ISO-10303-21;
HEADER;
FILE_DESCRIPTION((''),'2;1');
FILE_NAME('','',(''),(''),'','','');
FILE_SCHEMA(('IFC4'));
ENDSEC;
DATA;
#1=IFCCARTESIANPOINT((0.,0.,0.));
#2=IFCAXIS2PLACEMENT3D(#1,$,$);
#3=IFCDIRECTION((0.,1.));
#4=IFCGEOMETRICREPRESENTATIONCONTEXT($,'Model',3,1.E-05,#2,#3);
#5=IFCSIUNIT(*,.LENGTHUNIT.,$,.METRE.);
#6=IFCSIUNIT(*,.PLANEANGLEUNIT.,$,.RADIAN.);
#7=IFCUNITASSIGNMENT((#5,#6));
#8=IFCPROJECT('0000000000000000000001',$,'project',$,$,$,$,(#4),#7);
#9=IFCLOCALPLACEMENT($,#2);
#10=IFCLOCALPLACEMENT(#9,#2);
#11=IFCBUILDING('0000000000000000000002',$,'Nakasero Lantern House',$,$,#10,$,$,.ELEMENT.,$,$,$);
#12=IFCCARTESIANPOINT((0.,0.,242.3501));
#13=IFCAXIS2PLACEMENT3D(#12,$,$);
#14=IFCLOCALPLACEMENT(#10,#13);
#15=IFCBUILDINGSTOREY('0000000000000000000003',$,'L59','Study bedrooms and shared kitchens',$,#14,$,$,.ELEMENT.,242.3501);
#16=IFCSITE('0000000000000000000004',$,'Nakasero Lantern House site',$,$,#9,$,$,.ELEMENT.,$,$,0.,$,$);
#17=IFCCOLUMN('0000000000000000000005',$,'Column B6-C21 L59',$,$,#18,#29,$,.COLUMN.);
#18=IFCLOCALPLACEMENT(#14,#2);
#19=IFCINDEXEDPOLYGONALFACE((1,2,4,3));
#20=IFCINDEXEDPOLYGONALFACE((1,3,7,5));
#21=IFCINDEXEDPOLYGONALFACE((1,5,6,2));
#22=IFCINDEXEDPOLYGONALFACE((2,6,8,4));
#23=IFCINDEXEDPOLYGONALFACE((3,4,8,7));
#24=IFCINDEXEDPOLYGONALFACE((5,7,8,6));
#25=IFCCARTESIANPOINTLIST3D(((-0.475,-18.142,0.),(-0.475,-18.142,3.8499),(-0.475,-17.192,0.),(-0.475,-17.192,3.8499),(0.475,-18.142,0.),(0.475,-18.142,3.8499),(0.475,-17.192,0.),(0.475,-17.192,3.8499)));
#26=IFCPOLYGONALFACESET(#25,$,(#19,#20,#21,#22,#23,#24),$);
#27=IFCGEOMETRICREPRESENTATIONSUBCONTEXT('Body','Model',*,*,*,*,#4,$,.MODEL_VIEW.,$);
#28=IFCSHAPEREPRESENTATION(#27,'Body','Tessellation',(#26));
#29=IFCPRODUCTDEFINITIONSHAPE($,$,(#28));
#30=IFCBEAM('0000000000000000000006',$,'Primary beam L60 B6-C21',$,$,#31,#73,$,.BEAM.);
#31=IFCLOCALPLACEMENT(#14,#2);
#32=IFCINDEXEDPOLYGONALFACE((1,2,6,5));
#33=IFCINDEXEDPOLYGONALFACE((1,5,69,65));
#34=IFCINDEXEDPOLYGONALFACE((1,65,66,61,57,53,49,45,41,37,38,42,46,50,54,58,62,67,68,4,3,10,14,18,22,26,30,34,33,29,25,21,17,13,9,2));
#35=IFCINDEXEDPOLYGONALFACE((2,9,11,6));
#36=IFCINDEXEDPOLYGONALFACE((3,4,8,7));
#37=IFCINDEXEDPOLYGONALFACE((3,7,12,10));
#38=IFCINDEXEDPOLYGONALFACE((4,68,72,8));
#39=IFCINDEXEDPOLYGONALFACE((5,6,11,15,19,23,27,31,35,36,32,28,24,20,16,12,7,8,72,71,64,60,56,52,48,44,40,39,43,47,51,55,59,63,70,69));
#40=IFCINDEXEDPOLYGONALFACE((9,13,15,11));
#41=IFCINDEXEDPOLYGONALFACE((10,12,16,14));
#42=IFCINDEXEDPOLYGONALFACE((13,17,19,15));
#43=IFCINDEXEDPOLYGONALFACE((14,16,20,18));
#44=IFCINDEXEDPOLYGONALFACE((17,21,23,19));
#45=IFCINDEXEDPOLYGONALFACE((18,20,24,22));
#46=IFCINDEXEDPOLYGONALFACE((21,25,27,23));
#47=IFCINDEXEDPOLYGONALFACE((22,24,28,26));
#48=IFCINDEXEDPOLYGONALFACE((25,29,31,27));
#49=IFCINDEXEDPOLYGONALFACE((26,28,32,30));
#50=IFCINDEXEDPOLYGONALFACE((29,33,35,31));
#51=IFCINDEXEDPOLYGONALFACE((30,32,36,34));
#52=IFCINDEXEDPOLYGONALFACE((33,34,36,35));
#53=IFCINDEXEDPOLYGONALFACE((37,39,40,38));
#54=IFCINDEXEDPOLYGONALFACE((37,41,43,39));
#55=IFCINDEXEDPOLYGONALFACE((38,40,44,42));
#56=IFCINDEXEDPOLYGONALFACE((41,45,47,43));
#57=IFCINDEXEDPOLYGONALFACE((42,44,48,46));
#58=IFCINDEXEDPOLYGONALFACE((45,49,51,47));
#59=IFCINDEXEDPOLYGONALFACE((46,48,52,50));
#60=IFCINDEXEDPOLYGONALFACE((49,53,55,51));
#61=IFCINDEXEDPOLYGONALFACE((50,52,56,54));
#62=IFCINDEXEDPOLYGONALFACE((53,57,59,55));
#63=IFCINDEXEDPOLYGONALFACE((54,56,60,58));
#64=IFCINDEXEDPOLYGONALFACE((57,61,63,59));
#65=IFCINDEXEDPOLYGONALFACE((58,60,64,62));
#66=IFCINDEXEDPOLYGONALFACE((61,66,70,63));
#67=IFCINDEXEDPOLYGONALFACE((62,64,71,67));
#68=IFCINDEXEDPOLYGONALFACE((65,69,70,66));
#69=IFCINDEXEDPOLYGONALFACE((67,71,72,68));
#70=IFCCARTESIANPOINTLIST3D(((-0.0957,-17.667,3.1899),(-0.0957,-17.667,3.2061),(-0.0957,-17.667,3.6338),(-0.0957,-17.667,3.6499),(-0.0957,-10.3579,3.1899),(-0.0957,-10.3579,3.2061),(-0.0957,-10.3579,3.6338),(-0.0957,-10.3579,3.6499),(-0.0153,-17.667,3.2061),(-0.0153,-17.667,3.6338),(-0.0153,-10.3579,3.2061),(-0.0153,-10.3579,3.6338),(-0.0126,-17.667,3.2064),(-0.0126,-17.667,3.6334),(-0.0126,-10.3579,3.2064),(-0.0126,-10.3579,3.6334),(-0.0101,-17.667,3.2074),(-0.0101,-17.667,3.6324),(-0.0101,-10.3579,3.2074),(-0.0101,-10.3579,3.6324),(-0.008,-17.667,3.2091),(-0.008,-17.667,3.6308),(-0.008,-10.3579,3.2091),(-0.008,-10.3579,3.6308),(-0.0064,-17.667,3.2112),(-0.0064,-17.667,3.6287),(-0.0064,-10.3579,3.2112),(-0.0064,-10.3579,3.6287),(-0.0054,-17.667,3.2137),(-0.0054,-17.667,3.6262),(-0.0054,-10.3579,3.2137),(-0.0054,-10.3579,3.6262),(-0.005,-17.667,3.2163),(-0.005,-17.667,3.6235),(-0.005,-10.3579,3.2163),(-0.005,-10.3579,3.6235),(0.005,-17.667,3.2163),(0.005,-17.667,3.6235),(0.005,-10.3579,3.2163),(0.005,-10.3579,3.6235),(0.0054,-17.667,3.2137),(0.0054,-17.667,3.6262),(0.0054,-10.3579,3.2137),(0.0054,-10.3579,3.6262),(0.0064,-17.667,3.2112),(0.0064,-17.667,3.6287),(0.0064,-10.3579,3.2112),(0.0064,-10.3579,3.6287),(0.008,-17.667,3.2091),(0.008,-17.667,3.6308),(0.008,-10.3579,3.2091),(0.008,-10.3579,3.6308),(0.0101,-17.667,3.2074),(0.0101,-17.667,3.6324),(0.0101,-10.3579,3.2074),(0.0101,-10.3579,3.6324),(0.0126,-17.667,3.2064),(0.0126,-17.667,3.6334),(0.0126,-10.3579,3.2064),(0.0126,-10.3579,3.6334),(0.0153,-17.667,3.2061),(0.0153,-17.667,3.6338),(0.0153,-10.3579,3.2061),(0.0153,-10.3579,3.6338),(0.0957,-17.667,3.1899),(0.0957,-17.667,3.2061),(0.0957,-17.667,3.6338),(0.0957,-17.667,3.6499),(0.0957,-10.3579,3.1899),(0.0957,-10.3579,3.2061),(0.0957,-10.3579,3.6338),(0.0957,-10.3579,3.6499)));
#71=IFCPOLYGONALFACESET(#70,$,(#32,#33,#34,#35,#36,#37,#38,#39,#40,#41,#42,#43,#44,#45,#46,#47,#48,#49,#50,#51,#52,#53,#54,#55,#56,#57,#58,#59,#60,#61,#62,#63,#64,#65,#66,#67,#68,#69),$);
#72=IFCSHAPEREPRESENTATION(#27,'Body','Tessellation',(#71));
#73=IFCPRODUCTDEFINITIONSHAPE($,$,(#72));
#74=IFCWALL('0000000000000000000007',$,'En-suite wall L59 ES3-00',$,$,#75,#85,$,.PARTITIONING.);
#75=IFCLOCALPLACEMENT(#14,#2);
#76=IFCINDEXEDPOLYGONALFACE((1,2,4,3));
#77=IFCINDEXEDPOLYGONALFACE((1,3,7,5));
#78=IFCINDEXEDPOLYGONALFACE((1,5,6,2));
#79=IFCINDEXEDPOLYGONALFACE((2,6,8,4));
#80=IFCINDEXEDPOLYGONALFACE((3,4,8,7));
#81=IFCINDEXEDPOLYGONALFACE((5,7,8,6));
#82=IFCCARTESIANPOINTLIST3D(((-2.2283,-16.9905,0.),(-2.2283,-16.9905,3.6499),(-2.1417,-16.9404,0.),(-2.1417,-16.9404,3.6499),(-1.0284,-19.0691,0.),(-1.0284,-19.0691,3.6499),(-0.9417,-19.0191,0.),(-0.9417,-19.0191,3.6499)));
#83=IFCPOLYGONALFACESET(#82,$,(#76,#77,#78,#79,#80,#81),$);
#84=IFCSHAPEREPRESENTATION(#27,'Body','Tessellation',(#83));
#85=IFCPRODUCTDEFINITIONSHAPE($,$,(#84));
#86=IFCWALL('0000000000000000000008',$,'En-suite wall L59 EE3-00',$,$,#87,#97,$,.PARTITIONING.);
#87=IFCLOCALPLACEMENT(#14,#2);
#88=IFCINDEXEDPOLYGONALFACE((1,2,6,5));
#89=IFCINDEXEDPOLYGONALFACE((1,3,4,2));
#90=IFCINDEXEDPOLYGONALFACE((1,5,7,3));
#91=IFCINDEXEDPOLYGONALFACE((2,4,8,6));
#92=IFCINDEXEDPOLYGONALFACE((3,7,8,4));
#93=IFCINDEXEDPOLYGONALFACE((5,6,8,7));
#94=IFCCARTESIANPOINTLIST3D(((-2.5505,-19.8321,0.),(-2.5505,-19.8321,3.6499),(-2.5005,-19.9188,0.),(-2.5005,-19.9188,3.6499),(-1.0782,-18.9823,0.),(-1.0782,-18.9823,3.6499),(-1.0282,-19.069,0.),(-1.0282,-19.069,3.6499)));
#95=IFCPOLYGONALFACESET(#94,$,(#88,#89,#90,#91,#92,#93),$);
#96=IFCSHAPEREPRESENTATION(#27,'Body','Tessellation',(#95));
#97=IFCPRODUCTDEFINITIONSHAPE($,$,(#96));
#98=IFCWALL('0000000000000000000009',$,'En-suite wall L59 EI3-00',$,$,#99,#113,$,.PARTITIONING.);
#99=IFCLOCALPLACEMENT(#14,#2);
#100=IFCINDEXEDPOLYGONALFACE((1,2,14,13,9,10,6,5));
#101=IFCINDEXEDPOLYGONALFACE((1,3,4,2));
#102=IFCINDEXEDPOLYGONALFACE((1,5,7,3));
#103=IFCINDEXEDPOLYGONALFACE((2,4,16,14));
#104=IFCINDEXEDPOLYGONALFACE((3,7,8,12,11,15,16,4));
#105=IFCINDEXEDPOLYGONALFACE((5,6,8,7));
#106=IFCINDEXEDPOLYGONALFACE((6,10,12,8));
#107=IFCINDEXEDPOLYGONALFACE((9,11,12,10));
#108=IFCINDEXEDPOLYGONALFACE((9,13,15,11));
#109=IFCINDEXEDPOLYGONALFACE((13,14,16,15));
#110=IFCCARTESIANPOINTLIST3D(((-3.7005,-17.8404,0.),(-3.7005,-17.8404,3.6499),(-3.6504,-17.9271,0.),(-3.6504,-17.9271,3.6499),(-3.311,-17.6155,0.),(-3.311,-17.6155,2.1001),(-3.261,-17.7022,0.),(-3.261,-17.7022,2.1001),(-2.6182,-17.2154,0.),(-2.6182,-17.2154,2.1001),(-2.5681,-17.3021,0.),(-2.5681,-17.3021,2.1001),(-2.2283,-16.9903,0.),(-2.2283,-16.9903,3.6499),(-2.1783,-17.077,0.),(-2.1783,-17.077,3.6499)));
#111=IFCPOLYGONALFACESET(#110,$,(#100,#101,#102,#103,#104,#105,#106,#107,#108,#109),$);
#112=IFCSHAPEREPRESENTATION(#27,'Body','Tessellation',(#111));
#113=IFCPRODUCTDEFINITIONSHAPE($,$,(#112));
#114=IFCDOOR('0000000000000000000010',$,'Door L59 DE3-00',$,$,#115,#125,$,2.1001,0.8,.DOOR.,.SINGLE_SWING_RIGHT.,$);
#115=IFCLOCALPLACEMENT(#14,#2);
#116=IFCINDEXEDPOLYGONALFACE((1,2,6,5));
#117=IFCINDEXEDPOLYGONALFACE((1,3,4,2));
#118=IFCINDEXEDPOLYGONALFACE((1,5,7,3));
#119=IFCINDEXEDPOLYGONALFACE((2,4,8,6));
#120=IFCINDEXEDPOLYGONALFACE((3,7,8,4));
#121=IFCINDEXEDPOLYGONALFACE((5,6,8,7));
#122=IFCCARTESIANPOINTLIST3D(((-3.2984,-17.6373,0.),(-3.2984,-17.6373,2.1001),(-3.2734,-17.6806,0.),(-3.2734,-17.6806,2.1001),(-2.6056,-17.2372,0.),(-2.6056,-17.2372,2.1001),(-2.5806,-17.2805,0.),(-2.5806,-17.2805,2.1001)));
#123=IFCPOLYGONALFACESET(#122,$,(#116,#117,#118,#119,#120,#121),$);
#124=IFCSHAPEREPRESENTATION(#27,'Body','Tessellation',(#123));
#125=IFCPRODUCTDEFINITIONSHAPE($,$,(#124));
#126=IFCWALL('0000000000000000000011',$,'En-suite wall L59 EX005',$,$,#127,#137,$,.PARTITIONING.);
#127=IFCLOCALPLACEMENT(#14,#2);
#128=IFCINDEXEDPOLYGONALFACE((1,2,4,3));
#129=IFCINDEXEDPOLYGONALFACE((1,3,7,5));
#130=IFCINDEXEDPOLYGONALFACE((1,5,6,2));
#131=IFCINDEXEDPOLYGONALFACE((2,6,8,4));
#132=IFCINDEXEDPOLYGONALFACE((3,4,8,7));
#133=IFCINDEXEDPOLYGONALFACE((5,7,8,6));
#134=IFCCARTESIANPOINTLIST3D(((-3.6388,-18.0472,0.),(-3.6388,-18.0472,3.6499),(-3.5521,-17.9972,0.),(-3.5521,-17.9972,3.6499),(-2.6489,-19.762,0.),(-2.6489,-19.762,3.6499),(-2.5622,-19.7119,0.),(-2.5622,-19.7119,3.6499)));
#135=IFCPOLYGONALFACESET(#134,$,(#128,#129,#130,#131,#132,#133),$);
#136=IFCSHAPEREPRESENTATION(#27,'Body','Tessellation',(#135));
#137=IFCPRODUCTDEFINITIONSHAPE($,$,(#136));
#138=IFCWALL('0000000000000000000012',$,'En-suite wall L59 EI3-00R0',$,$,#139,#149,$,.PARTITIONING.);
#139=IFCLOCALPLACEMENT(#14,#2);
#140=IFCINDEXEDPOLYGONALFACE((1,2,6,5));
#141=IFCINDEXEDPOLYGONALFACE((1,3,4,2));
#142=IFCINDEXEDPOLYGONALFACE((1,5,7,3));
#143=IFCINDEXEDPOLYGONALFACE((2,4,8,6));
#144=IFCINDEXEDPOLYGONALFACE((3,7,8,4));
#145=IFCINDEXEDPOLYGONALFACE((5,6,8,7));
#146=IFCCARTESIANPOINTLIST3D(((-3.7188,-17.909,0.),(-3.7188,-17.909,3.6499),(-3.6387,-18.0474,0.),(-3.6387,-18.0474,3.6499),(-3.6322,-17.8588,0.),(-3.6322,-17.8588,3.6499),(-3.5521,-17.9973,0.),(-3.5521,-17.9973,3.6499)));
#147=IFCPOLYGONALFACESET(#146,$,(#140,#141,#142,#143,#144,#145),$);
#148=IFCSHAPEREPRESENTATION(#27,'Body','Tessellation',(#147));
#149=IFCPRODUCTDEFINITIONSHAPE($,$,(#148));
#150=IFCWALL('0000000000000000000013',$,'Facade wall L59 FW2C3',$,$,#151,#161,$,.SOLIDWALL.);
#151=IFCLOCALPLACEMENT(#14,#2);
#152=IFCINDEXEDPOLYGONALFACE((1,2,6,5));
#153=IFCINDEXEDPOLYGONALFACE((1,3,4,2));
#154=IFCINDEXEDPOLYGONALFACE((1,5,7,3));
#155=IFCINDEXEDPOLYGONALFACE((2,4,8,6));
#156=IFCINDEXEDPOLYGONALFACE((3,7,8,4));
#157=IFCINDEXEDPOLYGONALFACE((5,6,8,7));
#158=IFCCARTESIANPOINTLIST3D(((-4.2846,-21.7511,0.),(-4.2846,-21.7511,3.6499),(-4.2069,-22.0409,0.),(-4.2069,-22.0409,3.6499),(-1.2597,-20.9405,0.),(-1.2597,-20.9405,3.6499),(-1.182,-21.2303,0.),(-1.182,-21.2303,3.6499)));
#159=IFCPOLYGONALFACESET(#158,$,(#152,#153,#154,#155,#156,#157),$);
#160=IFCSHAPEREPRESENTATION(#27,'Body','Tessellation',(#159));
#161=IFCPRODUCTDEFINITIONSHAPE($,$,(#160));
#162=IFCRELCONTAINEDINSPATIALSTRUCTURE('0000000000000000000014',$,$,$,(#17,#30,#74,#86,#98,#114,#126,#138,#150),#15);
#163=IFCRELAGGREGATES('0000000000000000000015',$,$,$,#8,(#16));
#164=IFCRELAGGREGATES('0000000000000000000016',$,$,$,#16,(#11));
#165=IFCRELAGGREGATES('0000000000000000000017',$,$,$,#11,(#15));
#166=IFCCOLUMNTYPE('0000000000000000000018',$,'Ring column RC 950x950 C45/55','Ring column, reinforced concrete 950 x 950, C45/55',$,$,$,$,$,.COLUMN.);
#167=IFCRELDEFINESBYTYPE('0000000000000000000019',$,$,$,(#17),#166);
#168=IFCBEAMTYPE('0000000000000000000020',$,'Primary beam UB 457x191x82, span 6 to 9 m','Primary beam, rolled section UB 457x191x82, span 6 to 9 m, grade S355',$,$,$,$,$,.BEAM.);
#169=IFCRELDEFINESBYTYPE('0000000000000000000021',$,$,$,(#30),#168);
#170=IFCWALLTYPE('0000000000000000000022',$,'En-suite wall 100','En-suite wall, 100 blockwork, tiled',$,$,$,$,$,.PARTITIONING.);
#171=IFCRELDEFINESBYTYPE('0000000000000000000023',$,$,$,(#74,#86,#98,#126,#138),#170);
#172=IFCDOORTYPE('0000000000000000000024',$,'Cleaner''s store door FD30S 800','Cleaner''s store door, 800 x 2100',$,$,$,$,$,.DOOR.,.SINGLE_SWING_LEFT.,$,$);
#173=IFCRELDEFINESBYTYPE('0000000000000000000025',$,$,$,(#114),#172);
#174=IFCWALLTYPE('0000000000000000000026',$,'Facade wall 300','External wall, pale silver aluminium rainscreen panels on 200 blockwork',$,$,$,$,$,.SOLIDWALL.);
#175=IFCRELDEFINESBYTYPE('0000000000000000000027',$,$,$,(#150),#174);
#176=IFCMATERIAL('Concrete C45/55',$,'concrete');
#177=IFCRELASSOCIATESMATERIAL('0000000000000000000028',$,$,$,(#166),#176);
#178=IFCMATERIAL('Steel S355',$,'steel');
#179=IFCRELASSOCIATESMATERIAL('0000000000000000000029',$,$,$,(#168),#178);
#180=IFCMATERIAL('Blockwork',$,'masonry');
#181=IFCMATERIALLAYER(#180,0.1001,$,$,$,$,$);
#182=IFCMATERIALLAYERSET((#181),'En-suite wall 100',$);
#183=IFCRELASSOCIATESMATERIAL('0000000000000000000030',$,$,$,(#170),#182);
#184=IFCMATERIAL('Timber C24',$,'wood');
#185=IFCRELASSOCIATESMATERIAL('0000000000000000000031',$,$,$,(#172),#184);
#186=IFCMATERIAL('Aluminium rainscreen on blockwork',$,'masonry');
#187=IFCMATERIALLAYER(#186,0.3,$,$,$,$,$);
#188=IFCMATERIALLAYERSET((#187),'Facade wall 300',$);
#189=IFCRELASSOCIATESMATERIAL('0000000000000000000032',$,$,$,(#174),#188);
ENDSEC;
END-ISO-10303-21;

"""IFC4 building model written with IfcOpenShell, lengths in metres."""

from ifc_helpers import new_model, si_unit, direction, frame, frame_2d, origin, origin_2d, place, context, subcontext, project, spatial, rectangle, i_section, extrude, material, layer, layer_set, material_profile, profile_set, type_object, element, fill, save


model = new_model("IFC4")

# Units and contexts
model_context = context("Model", 3, precision=1e-05, world=origin(), true_north=direction((0.0, 1.0)))
body_context = subcontext(model_context, "Body", "Model", "MODEL_VIEW")
ifc_project = project(units=[si_unit("LENGTHUNIT", "METRE"), si_unit("PLANEANGLEUNIT", "RADIAN")], contexts=[model_context])

# Site, building, storey
site_placement = place(None, origin())
site = spatial("IfcSite", under=ifc_project, at=site_placement, Name="Nakasero Lantern House site", CompositionType="ELEMENT", RefElevation=0.0)
building_placement = place(site_placement, origin())
building = spatial("IfcBuilding", under=site, at=building_placement, Name="Nakasero Lantern House", CompositionType="ELEMENT")
storey_placement = place(building_placement, frame((0.0, 0.0, 242.3501)))
storey = spatial("IfcBuildingStorey", under=building, at=storey_placement, Name="L59", Description="Study bedrooms and shared kitchens", CompositionType="ELEMENT", Elevation=242.3501)

# Column
ifc_material_1 = material(Name="Concrete C45/55", Category="concrete")
ifc_material_profile_1 = material_profile(ifc_material_1, rectangle(XDim=0.95, YDim=0.95, at=origin_2d()), Name="RC 950x950")
ifc_profile_set_1 = profile_set([ifc_material_profile_1], Name="Concrete C45/55")
column_type = type_object("IfcColumnType", Name="Ring column RC 950x950 C45/55", Description="Ring column, reinforced concrete 950 x 950, C45/55", PredefinedType="COLUMN", material=ifc_profile_set_1)
column_placement = place(storey_placement, frame((0.0, -17.667, 0.0), z_axis=(0.0, 0.0, 1.0), x_axis=(1.0, 0.0, 0.0)))
element("IfcColumn", 1, at=column_placement, inside=storey, type_object=column_type, Name="Column B6-C21 L59", PredefinedType="COLUMN", context=body_context, shape_type="SweptSolid", body=[
    extrude(rectangle(XDim=0.95, YDim=0.95, at=origin_2d()), origin(), (0.0, 0.0, 1.0), 3.8499),
])

# Beam
ifc_material_2 = material(Name="Steel S355", Category="steel")
ifc_material_profile_2 = material_profile(ifc_material_2, i_section(OverallWidth=0.1914, OverallDepth=0.46, WebThickness=0.01, FlangeThickness=0.0161, FilletRadius=0.0103, at=origin_2d()), Name="UB 457x191x82")
ifc_profile_set_2 = profile_set([ifc_material_profile_2], Name="Steel S355")
beam_type = type_object("IfcBeamType", Name="Primary beam UB 457x191x82, span 6 to 9 m", Description="Primary beam, rolled section UB 457x191x82, span 6 to 9 m, grade S355", PredefinedType="BEAM", material=ifc_profile_set_2)
beam_placement = place(storey_placement, frame((0.0, -17.667, 3.4199), z_axis=(0.0, 1.0, 0.0), x_axis=(-1.0, 0.0, 0.0)))
element("IfcBeam", 2, at=beam_placement, inside=storey, type_object=beam_type, Name="Primary beam L60 B6-C21", PredefinedType="BEAM", context=body_context, shape_type="SweptSolid", body=[
    extrude(i_section(OverallWidth=0.1914, OverallDepth=0.46, WebThickness=0.01, FlangeThickness=0.0161, FilletRadius=0.0103, at=origin_2d()), origin(), (0.0, 0.0, 1.0), 7.3091),
])

# Walls
ifc_material_3 = material(Name="Blockwork", Category="masonry")
ifc_layer_1 = layer(ifc_material_3, 0.1001)
ifc_layer_set_1 = layer_set([ifc_layer_1], Name="En-suite wall 100")
wall_type_1 = type_object("IfcWallType", Name="En-suite wall 100", Description="En-suite wall, 100 blockwork, tiled", PredefinedType="PARTITIONING", material=ifc_layer_set_1)
wall_1_placement = place(storey_placement, frame((-2.1851, -16.9653, 0.0), z_axis=(0.0, 0.0, 1.0), x_axis=(0.499957, -0.86605, 0.0)))
element("IfcWall", 3, at=wall_1_placement, inside=storey, type_object=wall_type_1, Name="En-suite wall L59 ES3-00", PredefinedType="PARTITIONING", context=body_context, shape_type="SweptSolid", body=[
    extrude(rectangle(XDim=2.4001, YDim=0.1001, at=frame_2d((1.2002, 0.0))), origin(), (0.0, 0.0, 1.0), 3.6499),
])
wall_2_placement = place(storey_placement, frame((-2.5256, -19.8755, 0.0), z_axis=(0.0, 0.0, 1.0), x_axis=(0.866088, 0.499892, 0.0)))
element("IfcWall", 4, at=wall_2_placement, inside=storey, type_object=wall_type_1, Name="En-suite wall L59 EE3-00", PredefinedType="PARTITIONING", context=body_context, shape_type="SweptSolid", body=[
    extrude(rectangle(XDim=1.7, YDim=0.1001, at=frame_2d((0.8501, 0.0))), origin(), (0.0, 0.0, 1.0), 3.6499),
])

# Wall, opening, door
wall_3_placement = place(storey_placement, frame((-3.6755, -17.8838, 0.0), z_axis=(0.0, 0.0, 1.0), x_axis=(0.865989, 0.500062, 0.0)))
wall_3 = element("IfcWall", 5, at=wall_3_placement, inside=storey, type_object=wall_type_1, Name="En-suite wall L59 EI3-00", PredefinedType="PARTITIONING", context=body_context, shape_type="SweptSolid", body=[
    extrude(rectangle(XDim=1.7, YDim=0.1001, at=frame_2d((0.8501, 0.0))), origin(), (0.0, 0.0, 1.0), 3.6499),
])
opening_1_placement = place(wall_3_placement, frame((0.45, 0.0, 0.0)))
opening_1 = element("IfcOpeningElement", 6, at=opening_1_placement, cuts=wall_3, PredefinedType="OPENING", context=body_context, shape_type="SweptSolid", body=[
    extrude(rectangle(XDim=0.8, YDim=2.1001, at=frame_2d((0.3999, 1.05))), frame((0.0, 0.0701, 0.0), z_axis=(0.0, -1.0, 0.0), x_axis=(1.0, 0.0, 0.0)), (0.0, 0.0, 1.0), 0.1401),
])
ifc_material_4 = material(Name="Timber C24", Category="wood")
door_type_1 = type_object("IfcDoorType", Name="Cleaner's store door FD30S 800", Description="Cleaner's store door, 800 x 2100", OperationType="SINGLE_SWING_LEFT", PredefinedType="DOOR", material=ifc_material_4)
door_1_placement = place(opening_1_placement, origin())
door_1 = element("IfcDoor", 7, at=door_1_placement, inside=storey, type_object=door_type_1, Name="Door L59 DE3-00", OperationType="SINGLE_SWING_RIGHT", OverallHeight=2.1001, OverallWidth=0.8, PredefinedType="DOOR", context=body_context, shape_type="SweptSolid", body=[
    extrude(rectangle(XDim=0.8, YDim=2.1001, at=frame_2d((0.3999, 1.05))), frame((0.0, 0.0249, 0.0), z_axis=(0.0, -1.0, 0.0), x_axis=(1.0, 0.0, 0.0)), (0.0, 0.0, 1.0), 0.05),
])
fill(opening_1, door_1)

# Walls
wall_4_placement = place(storey_placement, frame((-3.5955, -18.0222, 0.0), z_axis=(0.0, 0.0, 1.0), x_axis=(0.499971, -0.866042, 0.0)))
element("IfcWall", 8, at=wall_4_placement, inside=storey, type_object=wall_type_1, Name="En-suite wall L59 EX005", PredefinedType="PARTITIONING", context=body_context, shape_type="SweptSolid", body=[
    extrude(rectangle(XDim=1.98, YDim=0.1001, at=frame_2d((0.99, 0.0))), origin(), (0.0, 0.0, 1.0), 3.6499),
])
wall_5_placement = place(storey_placement, frame((-3.6755, -17.8838, 0.0), z_axis=(0.0, 0.0, 1.0), x_axis=(0.500735, -0.8656, 0.0)))
element("IfcWall", 9, at=wall_5_placement, inside=storey, type_object=wall_type_1, Name="En-suite wall L59 EI3-00R0", PredefinedType="PARTITIONING", context=body_context, shape_type="SweptSolid", body=[
    extrude(rectangle(XDim=0.1599, YDim=0.1001, at=frame_2d((0.0801, 0.0))), origin(), (0.0, 0.0, 1.0), 3.6499),
])
ifc_material_5 = material(Name="Aluminium rainscreen on blockwork", Category="masonry")
ifc_layer_2 = layer(ifc_material_5, 0.3)
ifc_layer_set_2 = layer_set([ifc_layer_2], Name="Facade wall 300")
wall_type_2 = type_object("IfcWallType", Name="Facade wall 300", Description="External wall, pale silver aluminium rainscreen panels on 200 blockwork", PredefinedType="SOLIDWALL", material=ifc_layer_set_2)
wall_6_placement = place(storey_placement, frame((-4.2458, -21.896, 0.0), z_axis=(0.0, 0.0, 1.0), x_axis=(0.965924, 0.258827, 0.0)))
element("IfcWall", 10, at=wall_6_placement, inside=storey, type_object=wall_type_2, Name="Facade wall L59 FW2C3", PredefinedType="SOLIDWALL", context=body_context, shape_type="SweptSolid", body=[
    extrude(rectangle(XDim=3.1316, YDim=0.3, at=frame_2d((1.5659, 0.0))), origin(), (0.0, 0.0, 1.0), 3.6499),
])

save(model, "model.ifc")
